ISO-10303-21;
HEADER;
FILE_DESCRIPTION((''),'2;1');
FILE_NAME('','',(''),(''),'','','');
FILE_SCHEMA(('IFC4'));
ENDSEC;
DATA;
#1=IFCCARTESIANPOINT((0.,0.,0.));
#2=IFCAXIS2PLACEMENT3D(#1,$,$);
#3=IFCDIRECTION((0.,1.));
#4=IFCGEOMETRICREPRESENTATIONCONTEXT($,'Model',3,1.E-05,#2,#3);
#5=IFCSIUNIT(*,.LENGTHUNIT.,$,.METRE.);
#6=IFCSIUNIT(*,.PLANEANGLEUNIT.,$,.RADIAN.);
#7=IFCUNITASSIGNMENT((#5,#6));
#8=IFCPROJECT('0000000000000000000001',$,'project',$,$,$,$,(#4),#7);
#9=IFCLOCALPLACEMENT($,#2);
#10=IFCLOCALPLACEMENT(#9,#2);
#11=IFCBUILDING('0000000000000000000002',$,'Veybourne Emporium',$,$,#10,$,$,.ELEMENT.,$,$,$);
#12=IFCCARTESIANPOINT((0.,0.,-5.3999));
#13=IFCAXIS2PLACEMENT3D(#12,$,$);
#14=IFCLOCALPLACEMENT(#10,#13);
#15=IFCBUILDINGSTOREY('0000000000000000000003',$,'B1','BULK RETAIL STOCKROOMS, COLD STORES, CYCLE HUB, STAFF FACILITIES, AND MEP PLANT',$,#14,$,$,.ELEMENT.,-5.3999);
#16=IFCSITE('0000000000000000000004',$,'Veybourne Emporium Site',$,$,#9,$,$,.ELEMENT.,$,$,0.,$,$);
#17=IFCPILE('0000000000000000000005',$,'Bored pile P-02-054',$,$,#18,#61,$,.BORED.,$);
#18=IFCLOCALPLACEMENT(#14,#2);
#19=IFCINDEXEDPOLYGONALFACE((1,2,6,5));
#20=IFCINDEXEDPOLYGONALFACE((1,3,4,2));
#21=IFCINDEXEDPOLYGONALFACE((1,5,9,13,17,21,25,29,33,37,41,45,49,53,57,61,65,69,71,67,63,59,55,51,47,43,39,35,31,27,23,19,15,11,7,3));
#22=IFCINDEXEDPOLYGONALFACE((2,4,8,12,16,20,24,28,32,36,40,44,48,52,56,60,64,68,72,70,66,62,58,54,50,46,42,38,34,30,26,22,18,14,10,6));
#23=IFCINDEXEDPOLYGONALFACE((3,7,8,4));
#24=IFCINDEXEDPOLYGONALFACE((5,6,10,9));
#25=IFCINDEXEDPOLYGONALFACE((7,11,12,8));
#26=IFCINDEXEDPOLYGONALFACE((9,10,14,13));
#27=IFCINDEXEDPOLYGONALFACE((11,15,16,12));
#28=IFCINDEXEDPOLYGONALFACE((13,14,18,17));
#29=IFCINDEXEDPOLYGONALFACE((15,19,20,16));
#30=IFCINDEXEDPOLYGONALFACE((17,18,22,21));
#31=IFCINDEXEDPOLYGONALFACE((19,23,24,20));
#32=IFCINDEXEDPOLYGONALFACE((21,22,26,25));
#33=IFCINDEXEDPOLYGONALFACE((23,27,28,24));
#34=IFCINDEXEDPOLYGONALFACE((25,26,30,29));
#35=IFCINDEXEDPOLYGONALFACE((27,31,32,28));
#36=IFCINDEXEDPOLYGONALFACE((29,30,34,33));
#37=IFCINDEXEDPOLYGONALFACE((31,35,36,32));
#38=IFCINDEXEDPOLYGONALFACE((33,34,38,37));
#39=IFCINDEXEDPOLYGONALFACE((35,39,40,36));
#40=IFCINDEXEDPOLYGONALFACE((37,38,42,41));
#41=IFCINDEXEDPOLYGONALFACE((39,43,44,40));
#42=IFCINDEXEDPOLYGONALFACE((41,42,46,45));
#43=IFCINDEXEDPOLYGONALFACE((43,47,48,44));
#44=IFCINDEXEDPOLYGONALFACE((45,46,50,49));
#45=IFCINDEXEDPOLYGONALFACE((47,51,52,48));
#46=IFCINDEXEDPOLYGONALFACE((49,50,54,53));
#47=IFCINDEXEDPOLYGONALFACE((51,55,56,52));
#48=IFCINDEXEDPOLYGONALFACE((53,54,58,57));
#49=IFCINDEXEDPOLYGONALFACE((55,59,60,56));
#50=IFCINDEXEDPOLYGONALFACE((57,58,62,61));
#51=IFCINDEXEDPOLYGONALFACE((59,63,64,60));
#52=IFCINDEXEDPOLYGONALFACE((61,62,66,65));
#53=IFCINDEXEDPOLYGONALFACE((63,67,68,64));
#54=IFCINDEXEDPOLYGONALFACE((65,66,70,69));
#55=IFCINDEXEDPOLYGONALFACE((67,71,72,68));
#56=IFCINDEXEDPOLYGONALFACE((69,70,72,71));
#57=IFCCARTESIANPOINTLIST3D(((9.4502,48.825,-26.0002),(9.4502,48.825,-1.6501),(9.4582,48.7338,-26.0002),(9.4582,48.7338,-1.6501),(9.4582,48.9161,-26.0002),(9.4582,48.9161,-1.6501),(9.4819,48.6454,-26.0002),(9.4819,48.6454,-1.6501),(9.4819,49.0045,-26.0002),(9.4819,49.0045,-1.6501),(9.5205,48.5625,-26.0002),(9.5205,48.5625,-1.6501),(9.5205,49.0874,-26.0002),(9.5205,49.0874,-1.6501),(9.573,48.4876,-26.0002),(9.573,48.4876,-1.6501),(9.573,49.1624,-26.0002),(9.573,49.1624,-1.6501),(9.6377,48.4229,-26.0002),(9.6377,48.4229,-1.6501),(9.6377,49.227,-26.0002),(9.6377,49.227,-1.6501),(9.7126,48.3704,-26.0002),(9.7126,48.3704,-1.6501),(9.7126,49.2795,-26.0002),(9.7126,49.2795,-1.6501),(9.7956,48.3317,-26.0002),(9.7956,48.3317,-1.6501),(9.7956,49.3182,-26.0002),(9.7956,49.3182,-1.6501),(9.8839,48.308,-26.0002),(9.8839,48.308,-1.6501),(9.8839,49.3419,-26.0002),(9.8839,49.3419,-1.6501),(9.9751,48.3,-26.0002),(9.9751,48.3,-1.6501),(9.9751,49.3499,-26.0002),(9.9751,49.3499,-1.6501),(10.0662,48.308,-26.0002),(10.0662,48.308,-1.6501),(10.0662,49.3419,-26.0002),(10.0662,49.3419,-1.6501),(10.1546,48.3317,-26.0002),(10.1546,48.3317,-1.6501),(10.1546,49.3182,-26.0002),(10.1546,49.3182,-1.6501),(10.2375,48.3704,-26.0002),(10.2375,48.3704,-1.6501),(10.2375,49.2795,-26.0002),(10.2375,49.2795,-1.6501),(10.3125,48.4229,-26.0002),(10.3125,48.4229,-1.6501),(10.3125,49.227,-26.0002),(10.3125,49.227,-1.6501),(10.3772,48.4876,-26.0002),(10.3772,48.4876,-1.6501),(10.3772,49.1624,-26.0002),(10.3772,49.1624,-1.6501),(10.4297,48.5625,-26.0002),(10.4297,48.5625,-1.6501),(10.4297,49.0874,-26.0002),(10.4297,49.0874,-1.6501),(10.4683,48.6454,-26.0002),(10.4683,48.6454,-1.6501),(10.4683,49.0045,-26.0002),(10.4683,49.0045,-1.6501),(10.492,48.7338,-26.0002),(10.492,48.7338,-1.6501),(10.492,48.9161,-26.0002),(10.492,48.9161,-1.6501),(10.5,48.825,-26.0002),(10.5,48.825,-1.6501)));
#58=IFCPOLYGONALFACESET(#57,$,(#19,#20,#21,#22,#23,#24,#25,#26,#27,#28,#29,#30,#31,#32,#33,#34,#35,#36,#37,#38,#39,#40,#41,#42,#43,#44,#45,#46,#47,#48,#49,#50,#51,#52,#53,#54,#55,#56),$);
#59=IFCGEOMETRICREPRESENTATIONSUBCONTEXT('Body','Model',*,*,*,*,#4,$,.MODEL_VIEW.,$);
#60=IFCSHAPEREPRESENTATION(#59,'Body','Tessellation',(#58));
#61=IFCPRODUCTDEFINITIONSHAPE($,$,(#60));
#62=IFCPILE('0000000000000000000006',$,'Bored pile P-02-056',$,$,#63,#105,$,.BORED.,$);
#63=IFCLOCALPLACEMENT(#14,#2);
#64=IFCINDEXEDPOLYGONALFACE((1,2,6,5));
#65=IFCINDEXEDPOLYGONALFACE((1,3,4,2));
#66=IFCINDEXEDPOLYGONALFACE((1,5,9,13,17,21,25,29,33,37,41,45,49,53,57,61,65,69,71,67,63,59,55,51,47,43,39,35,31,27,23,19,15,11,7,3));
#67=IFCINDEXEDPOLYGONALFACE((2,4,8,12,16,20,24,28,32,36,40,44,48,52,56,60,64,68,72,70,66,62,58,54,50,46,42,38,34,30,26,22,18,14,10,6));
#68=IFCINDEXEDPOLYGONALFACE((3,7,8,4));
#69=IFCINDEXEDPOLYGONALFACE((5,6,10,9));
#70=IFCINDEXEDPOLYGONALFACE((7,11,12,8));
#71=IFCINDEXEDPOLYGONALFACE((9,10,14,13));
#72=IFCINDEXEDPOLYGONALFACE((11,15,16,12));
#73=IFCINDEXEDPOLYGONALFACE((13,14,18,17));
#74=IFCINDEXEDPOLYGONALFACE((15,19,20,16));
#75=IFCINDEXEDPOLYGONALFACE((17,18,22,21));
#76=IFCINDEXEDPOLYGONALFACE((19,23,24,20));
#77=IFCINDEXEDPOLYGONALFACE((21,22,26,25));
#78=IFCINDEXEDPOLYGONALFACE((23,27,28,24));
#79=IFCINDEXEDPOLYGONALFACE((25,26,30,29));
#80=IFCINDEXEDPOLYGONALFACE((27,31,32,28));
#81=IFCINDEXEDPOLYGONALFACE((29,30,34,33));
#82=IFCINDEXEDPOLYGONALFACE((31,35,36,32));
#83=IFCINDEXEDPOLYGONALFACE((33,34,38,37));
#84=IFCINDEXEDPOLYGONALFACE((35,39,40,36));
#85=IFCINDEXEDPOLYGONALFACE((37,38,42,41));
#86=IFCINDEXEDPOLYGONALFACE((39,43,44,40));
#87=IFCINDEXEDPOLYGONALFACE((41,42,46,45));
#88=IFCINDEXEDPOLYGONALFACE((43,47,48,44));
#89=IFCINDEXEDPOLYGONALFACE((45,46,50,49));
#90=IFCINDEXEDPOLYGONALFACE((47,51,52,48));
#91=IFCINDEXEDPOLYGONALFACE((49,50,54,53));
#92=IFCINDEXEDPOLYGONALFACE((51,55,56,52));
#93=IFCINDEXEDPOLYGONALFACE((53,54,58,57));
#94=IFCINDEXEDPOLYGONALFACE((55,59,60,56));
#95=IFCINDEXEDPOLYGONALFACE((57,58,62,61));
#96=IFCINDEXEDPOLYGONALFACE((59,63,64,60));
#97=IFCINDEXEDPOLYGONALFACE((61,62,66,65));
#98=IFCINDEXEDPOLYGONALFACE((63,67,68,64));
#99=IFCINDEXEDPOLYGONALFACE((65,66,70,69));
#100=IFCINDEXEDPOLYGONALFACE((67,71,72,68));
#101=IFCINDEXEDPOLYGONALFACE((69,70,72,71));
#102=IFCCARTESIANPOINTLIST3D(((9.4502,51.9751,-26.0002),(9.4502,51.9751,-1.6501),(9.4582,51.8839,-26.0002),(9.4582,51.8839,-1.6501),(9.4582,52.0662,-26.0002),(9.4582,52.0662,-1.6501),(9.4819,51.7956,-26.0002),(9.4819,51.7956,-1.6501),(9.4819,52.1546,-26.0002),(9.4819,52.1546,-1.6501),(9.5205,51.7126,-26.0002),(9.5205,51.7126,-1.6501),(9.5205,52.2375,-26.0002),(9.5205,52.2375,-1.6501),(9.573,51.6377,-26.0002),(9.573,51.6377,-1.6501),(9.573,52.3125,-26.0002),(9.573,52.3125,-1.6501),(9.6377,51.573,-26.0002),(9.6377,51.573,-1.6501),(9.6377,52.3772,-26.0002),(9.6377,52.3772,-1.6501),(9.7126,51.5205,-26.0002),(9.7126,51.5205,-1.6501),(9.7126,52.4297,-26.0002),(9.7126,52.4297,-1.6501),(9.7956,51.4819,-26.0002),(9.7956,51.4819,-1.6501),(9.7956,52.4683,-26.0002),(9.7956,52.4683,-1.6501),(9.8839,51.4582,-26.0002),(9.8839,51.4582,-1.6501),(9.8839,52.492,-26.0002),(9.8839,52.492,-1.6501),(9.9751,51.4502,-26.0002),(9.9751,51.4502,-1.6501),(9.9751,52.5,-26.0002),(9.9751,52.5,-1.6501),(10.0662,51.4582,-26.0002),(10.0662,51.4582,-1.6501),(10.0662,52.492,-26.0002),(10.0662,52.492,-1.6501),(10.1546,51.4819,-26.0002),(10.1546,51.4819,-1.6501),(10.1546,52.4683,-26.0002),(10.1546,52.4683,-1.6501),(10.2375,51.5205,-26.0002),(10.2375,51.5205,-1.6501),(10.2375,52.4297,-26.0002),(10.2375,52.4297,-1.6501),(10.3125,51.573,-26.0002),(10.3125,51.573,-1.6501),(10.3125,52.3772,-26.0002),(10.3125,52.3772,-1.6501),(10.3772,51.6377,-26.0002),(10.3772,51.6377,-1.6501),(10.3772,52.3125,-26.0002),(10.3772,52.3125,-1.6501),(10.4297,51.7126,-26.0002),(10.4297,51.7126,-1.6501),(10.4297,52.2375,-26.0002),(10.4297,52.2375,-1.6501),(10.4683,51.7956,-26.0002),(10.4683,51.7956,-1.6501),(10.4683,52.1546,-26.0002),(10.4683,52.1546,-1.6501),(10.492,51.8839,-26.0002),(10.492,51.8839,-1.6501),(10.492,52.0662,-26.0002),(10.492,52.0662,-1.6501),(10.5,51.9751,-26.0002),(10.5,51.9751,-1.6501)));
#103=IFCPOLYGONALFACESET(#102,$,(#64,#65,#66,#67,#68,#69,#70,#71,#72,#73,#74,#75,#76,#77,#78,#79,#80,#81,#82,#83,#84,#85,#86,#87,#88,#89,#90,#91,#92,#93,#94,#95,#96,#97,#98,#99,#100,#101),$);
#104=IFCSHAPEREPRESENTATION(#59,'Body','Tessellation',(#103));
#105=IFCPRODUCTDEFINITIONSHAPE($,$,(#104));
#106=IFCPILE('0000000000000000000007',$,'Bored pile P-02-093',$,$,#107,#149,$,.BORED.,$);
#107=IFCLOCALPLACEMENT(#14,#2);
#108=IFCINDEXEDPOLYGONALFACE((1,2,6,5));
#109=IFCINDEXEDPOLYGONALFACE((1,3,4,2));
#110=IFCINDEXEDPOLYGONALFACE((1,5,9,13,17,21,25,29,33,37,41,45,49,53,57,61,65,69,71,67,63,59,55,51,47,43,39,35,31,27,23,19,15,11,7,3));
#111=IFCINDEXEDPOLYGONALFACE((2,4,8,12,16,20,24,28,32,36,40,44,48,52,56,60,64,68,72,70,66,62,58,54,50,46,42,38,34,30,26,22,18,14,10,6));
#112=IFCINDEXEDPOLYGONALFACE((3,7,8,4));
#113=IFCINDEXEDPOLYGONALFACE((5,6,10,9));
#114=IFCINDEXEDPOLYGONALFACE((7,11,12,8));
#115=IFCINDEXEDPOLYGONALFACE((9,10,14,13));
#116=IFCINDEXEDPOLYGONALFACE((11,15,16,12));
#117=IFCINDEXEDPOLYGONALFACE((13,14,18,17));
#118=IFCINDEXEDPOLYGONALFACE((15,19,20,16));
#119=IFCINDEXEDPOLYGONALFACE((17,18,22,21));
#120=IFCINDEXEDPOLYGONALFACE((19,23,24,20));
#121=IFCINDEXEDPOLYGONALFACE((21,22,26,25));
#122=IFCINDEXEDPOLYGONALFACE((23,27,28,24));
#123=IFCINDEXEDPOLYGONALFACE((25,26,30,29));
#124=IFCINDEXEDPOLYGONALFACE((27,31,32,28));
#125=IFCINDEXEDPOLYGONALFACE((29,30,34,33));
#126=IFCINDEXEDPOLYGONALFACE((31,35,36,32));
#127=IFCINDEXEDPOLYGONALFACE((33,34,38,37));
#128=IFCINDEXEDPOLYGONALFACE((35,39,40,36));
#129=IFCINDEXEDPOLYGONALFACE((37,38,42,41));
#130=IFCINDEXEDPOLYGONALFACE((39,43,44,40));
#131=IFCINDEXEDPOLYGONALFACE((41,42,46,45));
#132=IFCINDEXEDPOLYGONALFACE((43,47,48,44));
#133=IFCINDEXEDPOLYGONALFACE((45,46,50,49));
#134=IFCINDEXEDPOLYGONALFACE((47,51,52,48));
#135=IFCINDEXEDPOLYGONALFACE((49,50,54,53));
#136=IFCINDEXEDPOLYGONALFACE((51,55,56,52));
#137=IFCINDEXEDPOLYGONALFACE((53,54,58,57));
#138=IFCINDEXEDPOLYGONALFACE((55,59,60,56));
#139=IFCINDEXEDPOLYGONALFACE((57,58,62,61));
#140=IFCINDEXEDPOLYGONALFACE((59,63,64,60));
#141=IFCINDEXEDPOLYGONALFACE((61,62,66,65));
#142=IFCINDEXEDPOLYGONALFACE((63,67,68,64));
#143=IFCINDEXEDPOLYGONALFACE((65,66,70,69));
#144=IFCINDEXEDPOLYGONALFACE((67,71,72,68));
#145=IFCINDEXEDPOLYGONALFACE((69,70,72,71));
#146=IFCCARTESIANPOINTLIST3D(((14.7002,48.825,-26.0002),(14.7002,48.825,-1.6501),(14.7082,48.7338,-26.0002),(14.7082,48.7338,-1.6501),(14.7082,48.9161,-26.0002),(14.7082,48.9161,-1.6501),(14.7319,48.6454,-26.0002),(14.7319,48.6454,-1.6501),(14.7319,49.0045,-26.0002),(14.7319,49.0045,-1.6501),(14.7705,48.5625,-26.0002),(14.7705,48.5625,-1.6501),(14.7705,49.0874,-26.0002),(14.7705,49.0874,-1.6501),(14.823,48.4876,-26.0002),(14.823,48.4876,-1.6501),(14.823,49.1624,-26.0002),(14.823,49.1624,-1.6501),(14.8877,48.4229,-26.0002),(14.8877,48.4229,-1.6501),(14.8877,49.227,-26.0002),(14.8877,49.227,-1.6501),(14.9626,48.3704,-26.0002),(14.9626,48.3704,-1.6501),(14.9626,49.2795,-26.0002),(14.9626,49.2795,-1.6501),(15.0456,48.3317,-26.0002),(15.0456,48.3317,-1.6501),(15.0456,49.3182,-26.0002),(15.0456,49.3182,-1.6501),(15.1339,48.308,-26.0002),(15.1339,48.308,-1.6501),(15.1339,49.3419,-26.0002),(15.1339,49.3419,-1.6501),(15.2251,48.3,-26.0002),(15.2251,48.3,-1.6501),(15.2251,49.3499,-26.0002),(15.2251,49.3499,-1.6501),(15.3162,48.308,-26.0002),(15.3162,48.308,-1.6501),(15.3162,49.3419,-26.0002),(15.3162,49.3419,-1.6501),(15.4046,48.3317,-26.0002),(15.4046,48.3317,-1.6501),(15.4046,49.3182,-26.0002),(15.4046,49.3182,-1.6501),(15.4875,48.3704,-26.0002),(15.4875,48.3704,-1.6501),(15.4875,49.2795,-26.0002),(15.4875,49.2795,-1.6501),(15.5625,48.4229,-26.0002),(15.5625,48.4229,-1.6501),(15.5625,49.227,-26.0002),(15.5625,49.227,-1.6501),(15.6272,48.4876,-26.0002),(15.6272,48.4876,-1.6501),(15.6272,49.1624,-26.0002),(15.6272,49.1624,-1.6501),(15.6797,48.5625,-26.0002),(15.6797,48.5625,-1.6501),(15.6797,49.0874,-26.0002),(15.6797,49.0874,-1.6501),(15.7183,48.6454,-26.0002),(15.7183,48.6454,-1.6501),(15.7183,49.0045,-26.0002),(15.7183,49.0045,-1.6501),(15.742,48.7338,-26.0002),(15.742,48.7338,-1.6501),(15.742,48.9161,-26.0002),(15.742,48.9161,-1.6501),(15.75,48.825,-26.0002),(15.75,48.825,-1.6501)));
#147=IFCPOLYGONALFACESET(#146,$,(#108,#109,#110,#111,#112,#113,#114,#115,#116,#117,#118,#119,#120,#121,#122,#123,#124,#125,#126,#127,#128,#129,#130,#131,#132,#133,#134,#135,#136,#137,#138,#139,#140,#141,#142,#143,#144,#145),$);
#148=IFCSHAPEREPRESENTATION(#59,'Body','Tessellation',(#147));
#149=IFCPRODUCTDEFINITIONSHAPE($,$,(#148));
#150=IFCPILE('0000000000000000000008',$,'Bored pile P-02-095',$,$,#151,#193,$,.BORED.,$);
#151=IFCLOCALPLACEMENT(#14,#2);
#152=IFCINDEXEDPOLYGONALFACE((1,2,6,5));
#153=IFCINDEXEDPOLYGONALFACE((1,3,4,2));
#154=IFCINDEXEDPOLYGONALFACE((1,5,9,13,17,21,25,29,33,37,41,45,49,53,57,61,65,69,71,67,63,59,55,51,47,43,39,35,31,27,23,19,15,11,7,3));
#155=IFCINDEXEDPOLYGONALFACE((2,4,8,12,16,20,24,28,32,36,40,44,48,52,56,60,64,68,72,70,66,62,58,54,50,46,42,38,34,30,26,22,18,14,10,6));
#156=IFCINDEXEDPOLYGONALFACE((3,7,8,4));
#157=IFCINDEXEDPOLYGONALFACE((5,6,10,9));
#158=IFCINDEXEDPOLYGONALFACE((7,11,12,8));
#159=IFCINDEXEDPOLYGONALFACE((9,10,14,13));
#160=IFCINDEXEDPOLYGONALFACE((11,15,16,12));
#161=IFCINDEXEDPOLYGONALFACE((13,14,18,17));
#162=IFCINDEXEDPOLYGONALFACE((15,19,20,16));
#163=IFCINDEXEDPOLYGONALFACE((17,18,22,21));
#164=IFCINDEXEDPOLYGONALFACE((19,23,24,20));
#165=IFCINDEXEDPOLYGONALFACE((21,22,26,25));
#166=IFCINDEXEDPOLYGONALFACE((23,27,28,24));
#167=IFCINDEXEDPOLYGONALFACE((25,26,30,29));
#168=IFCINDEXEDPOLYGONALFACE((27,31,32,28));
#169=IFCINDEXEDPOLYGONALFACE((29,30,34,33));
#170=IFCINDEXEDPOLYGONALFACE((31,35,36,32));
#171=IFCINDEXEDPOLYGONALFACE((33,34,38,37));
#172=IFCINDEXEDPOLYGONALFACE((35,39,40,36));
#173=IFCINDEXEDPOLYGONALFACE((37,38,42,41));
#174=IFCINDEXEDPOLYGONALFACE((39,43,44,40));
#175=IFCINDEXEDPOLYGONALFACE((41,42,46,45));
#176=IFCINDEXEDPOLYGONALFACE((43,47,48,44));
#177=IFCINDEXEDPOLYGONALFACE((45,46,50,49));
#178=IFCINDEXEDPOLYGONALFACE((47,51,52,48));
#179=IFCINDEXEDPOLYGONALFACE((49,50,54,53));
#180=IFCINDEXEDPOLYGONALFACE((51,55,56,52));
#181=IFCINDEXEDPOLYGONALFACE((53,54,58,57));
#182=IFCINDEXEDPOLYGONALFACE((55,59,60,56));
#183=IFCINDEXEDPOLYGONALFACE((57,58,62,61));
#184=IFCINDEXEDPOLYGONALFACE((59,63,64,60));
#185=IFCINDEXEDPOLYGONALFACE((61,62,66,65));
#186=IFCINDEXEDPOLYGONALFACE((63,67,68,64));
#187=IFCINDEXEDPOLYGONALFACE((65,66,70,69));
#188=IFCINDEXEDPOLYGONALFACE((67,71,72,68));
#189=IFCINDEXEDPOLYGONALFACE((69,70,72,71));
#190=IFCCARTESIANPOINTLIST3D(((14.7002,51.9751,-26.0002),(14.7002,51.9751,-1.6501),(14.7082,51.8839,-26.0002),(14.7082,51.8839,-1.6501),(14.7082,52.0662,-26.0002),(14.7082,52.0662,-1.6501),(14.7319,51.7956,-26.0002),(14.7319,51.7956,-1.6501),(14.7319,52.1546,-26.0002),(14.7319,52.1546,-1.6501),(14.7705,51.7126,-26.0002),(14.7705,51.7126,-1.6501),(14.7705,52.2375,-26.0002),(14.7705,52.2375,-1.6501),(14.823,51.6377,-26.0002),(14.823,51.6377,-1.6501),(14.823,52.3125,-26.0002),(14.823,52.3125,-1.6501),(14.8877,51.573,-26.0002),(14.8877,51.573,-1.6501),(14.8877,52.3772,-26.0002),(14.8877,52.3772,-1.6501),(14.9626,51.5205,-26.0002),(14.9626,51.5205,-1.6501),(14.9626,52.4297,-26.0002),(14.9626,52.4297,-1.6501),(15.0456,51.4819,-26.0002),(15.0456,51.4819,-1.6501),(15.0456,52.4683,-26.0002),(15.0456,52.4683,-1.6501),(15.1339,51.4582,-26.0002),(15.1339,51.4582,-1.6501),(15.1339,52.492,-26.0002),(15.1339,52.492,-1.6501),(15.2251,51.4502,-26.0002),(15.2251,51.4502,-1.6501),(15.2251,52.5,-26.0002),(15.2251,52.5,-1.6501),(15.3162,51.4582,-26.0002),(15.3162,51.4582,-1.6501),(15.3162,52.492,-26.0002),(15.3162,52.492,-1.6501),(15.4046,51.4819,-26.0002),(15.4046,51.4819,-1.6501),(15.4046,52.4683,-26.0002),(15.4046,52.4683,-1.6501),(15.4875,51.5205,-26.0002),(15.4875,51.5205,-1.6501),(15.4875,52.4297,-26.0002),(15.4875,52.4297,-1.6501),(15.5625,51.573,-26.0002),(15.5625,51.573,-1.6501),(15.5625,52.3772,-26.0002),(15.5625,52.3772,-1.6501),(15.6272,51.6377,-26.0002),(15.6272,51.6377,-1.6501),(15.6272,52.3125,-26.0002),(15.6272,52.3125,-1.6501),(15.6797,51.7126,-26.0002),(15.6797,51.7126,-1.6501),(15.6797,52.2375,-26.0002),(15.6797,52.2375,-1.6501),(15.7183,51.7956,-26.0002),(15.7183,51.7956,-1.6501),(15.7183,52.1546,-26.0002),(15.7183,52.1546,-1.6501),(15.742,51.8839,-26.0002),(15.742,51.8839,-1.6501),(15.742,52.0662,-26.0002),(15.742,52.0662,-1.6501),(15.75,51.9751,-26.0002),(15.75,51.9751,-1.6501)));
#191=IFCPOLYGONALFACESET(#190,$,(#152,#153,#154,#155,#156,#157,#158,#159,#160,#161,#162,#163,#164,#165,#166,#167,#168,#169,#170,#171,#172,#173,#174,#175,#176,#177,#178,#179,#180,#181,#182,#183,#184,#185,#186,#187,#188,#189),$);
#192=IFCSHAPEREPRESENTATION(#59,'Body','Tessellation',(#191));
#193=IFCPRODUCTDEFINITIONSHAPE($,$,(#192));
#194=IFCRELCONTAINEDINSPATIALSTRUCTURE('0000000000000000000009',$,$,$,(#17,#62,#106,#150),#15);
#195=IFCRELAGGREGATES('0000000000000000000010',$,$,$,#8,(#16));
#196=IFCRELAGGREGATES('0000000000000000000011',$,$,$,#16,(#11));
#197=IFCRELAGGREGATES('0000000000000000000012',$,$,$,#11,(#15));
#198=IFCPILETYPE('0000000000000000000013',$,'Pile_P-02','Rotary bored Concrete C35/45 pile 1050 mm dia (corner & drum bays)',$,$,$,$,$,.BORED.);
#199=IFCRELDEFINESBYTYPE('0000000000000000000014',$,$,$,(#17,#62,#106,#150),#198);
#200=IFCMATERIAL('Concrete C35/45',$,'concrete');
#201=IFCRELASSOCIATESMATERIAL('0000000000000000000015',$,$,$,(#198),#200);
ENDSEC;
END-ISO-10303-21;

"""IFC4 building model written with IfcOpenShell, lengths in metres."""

from ifc_helpers import new_model, si_unit, direction, frame, origin, origin_2d, place, context, subcontext, project, spatial, circle, extrude, material, material_profile, profile_set, type_object, element, save


model = new_model("IFC4")

# Units and contexts
model_context = context("Model", 3, precision=1e-05, world=origin(), true_north=direction((0.0, 1.0)))
body_context = subcontext(model_context, "Body", "Model", "MODEL_VIEW")
ifc_project = project(units=[si_unit("LENGTHUNIT", "METRE"), si_unit("PLANEANGLEUNIT", "RADIAN")], contexts=[model_context])

# Site, building, storey
site_placement = place(None, origin())
site = spatial("IfcSite", under=ifc_project, at=site_placement, Name="Veybourne Emporium Site", CompositionType="ELEMENT", RefElevation=0.0)
building_placement = place(site_placement, origin())
building = spatial("IfcBuilding", under=site, at=building_placement, Name="Veybourne Emporium", CompositionType="ELEMENT")
storey_placement = place(building_placement, frame((0.0, 0.0, -5.3999)))
storey = spatial("IfcBuildingStorey", under=building, at=storey_placement, Name="B1", Description="BULK RETAIL STOCKROOMS, COLD STORES, CYCLE HUB, STAFF FACILITIES, AND MEP PLANT", CompositionType="ELEMENT", Elevation=-5.3999)

# Shared definitions
ifc_material_1 = material(Name="Concrete C35/45", Category="concrete")

# Piles
ifc_material_profile_1 = material_profile(ifc_material_1, circle(Radius=0.5249, at=origin_2d()), Name="BORED PILE 1050")
ifc_profile_set_1 = profile_set([ifc_material_profile_1], Name="Concrete C35/45")
pile_type_1 = type_object("IfcPileType", Name="Pile_P-02", Description="Rotary bored Concrete C35/45 pile 1050 mm dia (corner & drum bays)", PredefinedType="BORED", material=ifc_profile_set_1)
for number, where, z_axis, x_axis, name in (
    (1, (9.9751, 48.825, -1.6501), (0.0, 0.0, -1.0), (1.0, 0.0, 0.0), "Bored pile P-02-054"),
    (2, (9.9751, 51.9751, -1.6501), (0.0, 0.0, -1.0), (1.0, 0.0, 0.0), "Bored pile P-02-056"),
    (3, (15.2251, 48.825, -1.6501), (0.0, 0.0, -1.0), (1.0, 0.0, 0.0), "Bored pile P-02-093"),
    (4, (15.2251, 51.9751, -1.6501), (0.0, 0.0, -1.0), (1.0, 0.0, 0.0), "Bored pile P-02-095"),
):
    element("IfcPile", number, at=place(storey_placement, frame(where, z_axis=z_axis, x_axis=x_axis)), inside=storey, type_object=pile_type_1, Name=name, PredefinedType="BORED", context=body_context, shape_type="SweptSolid", body=[
        extrude(circle(Radius=0.5249, at=origin_2d()), origin(), (0.0, 0.0, 1.0), 24.3501),
    ])

save(model, "model.ifc")
